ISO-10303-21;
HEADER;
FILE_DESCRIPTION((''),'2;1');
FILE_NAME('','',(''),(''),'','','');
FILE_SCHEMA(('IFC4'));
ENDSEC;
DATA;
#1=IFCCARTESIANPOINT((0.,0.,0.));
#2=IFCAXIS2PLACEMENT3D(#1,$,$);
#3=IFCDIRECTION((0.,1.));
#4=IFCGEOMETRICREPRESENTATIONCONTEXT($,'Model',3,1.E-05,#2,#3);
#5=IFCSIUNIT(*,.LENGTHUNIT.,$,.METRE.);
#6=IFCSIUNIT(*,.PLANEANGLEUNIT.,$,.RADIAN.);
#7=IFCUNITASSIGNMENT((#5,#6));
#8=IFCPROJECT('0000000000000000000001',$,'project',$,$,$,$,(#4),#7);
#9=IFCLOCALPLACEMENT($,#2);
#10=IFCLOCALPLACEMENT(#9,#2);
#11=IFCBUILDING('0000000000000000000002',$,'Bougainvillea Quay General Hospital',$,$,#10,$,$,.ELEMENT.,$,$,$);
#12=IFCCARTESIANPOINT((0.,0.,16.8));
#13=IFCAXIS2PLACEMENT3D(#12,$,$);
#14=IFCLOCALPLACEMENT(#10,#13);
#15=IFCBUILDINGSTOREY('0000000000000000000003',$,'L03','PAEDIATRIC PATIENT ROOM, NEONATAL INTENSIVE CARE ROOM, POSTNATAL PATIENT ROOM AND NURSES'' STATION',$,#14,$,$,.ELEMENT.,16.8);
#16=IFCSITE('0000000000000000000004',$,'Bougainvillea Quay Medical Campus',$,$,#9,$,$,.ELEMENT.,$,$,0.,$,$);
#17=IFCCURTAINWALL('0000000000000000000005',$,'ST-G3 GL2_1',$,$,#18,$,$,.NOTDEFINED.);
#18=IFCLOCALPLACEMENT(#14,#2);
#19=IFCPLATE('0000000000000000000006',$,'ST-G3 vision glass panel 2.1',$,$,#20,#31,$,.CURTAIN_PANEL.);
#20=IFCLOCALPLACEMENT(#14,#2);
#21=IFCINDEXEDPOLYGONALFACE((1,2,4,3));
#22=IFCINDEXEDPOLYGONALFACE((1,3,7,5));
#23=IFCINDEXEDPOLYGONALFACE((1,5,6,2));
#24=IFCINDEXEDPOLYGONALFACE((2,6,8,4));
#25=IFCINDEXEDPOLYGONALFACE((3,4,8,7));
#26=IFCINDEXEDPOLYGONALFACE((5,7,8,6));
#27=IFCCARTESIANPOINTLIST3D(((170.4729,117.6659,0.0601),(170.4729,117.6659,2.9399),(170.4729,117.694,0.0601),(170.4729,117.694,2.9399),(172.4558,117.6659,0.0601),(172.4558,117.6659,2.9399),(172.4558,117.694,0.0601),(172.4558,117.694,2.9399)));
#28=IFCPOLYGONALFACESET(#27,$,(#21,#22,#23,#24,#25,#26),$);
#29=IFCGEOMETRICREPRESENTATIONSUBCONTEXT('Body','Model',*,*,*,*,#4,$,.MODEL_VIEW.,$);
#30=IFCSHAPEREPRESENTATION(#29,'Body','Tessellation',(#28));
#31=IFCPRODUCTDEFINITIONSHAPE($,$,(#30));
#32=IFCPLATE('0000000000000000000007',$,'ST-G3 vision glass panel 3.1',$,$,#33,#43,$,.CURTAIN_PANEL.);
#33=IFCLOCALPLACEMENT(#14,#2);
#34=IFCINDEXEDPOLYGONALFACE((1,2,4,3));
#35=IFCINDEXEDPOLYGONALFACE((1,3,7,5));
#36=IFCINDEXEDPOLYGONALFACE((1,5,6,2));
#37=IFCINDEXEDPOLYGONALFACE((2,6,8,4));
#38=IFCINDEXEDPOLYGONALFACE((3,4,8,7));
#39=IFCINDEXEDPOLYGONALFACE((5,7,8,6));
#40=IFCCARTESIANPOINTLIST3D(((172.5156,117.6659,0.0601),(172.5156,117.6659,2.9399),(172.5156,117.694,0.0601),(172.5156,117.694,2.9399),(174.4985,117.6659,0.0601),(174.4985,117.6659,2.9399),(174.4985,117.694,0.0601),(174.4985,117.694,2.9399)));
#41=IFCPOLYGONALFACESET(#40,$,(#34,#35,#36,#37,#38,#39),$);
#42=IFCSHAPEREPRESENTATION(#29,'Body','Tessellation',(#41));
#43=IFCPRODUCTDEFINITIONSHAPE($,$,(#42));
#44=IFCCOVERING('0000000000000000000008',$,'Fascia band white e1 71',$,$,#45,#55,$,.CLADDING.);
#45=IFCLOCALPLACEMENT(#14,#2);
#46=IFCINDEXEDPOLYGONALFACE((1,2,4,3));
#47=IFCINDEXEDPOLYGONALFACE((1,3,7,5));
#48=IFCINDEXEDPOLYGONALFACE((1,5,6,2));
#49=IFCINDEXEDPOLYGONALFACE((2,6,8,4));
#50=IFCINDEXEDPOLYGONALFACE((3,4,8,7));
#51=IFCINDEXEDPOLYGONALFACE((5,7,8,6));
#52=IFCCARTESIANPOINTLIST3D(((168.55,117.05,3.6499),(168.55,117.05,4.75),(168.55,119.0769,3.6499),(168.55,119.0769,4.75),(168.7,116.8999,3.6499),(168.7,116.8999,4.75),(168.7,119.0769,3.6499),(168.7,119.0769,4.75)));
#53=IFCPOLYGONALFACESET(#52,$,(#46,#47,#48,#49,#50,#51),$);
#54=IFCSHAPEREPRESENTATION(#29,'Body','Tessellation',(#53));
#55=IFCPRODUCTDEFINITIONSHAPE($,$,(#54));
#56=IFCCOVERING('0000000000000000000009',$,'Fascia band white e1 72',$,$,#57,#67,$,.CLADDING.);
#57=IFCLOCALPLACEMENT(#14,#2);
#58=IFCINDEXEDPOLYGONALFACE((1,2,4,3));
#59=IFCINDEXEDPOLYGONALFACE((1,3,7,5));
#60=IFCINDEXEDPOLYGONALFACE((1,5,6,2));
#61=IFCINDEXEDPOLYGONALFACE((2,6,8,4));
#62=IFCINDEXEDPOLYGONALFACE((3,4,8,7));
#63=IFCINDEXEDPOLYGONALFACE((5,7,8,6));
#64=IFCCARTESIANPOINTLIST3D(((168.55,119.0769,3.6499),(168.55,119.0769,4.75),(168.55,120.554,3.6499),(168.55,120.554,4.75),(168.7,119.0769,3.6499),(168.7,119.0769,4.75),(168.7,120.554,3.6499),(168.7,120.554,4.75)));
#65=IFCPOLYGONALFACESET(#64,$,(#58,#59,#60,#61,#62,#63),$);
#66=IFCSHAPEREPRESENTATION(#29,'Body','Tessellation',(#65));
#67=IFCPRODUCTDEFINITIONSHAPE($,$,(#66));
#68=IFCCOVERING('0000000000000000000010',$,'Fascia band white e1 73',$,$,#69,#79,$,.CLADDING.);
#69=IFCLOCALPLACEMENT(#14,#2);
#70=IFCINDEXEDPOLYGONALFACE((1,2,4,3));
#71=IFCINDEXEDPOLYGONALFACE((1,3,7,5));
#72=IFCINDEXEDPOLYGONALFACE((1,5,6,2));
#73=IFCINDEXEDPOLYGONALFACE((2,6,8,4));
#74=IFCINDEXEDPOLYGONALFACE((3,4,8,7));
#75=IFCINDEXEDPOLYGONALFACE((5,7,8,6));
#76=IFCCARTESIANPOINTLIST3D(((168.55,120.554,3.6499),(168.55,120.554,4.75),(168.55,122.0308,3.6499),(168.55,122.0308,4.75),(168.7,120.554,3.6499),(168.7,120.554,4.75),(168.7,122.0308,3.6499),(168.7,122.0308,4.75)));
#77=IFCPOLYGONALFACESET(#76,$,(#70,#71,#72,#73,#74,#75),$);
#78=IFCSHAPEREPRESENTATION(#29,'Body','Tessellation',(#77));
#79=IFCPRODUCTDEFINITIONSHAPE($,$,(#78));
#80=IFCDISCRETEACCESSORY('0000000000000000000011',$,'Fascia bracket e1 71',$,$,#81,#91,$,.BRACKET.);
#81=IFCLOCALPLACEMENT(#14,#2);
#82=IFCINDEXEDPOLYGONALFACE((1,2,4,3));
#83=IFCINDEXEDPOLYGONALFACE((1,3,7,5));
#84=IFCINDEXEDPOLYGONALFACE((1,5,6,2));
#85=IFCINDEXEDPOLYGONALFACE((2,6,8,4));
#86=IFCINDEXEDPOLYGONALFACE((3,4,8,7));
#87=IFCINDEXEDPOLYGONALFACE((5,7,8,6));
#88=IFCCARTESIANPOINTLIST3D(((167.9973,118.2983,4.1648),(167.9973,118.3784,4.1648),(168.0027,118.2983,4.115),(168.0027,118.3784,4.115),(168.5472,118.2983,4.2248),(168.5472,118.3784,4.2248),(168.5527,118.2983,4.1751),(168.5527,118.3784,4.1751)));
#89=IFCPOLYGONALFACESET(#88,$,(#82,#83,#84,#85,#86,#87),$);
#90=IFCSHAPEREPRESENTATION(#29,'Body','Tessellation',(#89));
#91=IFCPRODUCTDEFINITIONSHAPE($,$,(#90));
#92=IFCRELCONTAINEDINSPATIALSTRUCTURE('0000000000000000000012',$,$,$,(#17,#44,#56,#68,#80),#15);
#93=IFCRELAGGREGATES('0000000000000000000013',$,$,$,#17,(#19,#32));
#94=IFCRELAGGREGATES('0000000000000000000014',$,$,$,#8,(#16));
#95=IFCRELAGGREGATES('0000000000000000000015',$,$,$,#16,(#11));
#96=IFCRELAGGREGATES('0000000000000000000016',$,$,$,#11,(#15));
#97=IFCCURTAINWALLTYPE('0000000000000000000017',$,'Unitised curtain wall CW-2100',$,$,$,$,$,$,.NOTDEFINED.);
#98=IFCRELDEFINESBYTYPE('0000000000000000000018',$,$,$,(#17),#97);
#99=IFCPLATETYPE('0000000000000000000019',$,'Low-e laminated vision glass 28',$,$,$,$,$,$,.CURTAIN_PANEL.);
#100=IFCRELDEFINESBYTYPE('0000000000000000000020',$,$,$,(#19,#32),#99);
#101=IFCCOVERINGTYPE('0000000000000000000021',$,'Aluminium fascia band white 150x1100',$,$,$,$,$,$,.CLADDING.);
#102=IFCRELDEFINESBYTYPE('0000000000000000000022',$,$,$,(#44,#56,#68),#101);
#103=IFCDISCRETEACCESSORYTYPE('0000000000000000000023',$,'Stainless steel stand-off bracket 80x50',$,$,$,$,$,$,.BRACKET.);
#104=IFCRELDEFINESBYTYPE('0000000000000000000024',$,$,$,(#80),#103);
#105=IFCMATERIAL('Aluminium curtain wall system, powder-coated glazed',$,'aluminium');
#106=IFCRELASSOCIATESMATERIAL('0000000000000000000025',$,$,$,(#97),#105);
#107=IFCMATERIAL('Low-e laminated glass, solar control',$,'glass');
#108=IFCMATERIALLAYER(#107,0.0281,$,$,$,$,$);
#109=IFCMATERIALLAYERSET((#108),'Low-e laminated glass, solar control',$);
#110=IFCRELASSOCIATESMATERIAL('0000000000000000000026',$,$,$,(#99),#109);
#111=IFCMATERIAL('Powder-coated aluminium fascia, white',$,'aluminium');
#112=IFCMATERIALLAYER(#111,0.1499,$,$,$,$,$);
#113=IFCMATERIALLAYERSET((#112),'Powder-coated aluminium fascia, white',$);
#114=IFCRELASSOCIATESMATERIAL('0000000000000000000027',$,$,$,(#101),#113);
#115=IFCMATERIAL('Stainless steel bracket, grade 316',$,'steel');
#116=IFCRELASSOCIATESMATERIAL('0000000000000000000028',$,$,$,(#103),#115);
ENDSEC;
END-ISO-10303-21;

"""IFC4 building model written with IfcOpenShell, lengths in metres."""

from ifc_helpers import new_model, si_unit, direction, frame, origin, origin_2d, place, context, subcontext, project, spatial, polyline, rectangle, outline, extrude, material, layer, layer_set, material_profile, profile_set, type_object, element, aggregate, save


model = new_model("IFC4")

# Units and contexts
model_context = context("Model", 3, precision=1e-05, world=origin(), true_north=direction((0.0, 1.0)))
body_context = subcontext(model_context, "Body", "Model", "MODEL_VIEW")
ifc_project = project(units=[si_unit("LENGTHUNIT", "METRE"), si_unit("PLANEANGLEUNIT", "RADIAN")], contexts=[model_context])

# Site, building, storey
site_placement = place(None, origin())
site = spatial("IfcSite", under=ifc_project, at=site_placement, Name="Bougainvillea Quay Medical Campus", CompositionType="ELEMENT", RefElevation=0.0)
building_placement = place(site_placement, origin())
building = spatial("IfcBuilding", under=site, at=building_placement, Name="Bougainvillea Quay General Hospital", CompositionType="ELEMENT")
storey_placement = place(building_placement, frame((0.0, 0.0, 16.8)))
storey = spatial("IfcBuildingStorey", under=building, at=storey_placement, Name="L03", Description="PAEDIATRIC PATIENT ROOM, NEONATAL INTENSIVE CARE ROOM, POSTNATAL PATIENT ROOM AND NURSES' STATION", CompositionType="ELEMENT", Elevation=16.8)

# Curtain wall
ifc_material_1 = material(Name="Aluminium curtain wall system, powder-coated glazed", Category="aluminium")
curtain_wall_type = type_object("IfcCurtainWallType", Name="Unitised curtain wall CW-2100", PredefinedType="NOTDEFINED", material=ifc_material_1)
curtain_wall_placement = place(storey_placement, origin())
curtain_wall = element("IfcCurtainWall", 1, at=curtain_wall_placement, inside=storey, type_object=curtain_wall_type, Name="ST-G3 GL2_1", PredefinedType="NOTDEFINED")

# Plates
ifc_material_2 = material(Name="Low-e laminated glass, solar control", Category="glass")
ifc_layer_1 = layer(ifc_material_2, 0.0281)
ifc_layer_set_1 = layer_set([ifc_layer_1], Name="Low-e laminated glass, solar control")
plate_type = type_object("IfcPlateType", Name="Low-e laminated vision glass 28", PredefinedType="CURTAIN_PANEL", material=ifc_layer_set_1)
plate_1_placement = place(storey_placement, frame((171.4644, 117.6799, 0.0601), z_axis=(0.0, 0.0, 1.0), x_axis=(1.0, 0.0, 0.0)))
plate_1 = element("IfcPlate", 2, at=plate_1_placement, type_object=plate_type, Name="ST-G3 vision glass panel 2.1", PredefinedType="CURTAIN_PANEL", context=body_context, shape_type="SweptSolid", body=[
    extrude(rectangle(XDim=1.9829, YDim=0.0281, at=origin_2d()), origin(), (0.0, 0.0, 1.0), 2.8799),
])
plate_2_placement = place(storey_placement, frame((173.5071, 117.6799, 0.0601), z_axis=(0.0, 0.0, 1.0), x_axis=(1.0, 0.0, 0.0)))
plate_2 = element("IfcPlate", 3, at=plate_2_placement, type_object=plate_type, Name="ST-G3 vision glass panel 3.1", PredefinedType="CURTAIN_PANEL", context=body_context, shape_type="SweptSolid", body=[
    extrude(rectangle(XDim=1.9829, YDim=0.0281, at=origin_2d()), origin(), (0.0, 0.0, 1.0), 2.8799),
])
aggregate(curtain_wall, [plate_1, plate_2])

# Coverings
ifc_material_3 = material(Name="Powder-coated aluminium fascia, white", Category="aluminium")
ifc_layer_2 = layer(ifc_material_3, 0.1499)
ifc_layer_set_2 = layer_set([ifc_layer_2], Name="Powder-coated aluminium fascia, white")
covering_type = type_object("IfcCoveringType", Name="Aluminium fascia band white 150x1100", PredefinedType="CLADDING", material=ifc_layer_set_2)
covering_1_placement = place(storey_placement, frame((168.55, 117.05, 3.6499), z_axis=(0.0, 0.0, 1.0), x_axis=(0.0, 1.0, 0.0)))
element("IfcCovering", 4, at=covering_1_placement, inside=storey, type_object=covering_type, Name="Fascia band white e1 71", PredefinedType="CLADDING", context=body_context, shape_type="SweptSolid", body=[
    extrude(outline(polyline([(0.0, 0.0), (2.0269, 0.0), (2.0269, -0.1499), (-0.1501, -0.1499), (0.0, 0.0)])), origin(), (0.0, 0.0, 1.0), 1.1001),
])
covering_2_placement = place(storey_placement, frame((168.55, 119.0769, 3.6499), z_axis=(0.0, 0.0, 1.0), x_axis=(0.0, 1.0, 0.0)))
element("IfcCovering", 5, at=covering_2_placement, inside=storey, type_object=covering_type, Name="Fascia band white e1 72", PredefinedType="CLADDING", context=body_context, shape_type="SweptSolid", body=[
    extrude(outline(polyline([(0.0, 0.0), (1.4771, 0.0), (1.4771, -0.1499), (0.0, -0.1499), (0.0, 0.0)])), origin(), (0.0, 0.0, 1.0), 1.1001),
])
covering_3_placement = place(storey_placement, frame((168.55, 120.554, 3.6499), z_axis=(0.0, 0.0, 1.0), x_axis=(0.0, 1.0, 0.0)))
element("IfcCovering", 6, at=covering_3_placement, inside=storey, type_object=covering_type, Name="Fascia band white e1 73", PredefinedType="CLADDING", context=body_context, shape_type="SweptSolid", body=[
    extrude(outline(polyline([(0.0, 0.0), (1.4768, 0.0), (1.4768, -0.1499), (0.0, -0.1499), (0.0, 0.0)])), origin(), (0.0, 0.0, 1.0), 1.1001),
])

# Discrete accessory
ifc_material_4 = material(Name="Stainless steel bracket, grade 316", Category="steel")
ifc_material_profile_1 = material_profile(ifc_material_4, rectangle(XDim=0.0801, YDim=0.05, at=origin_2d()))
ifc_profile_set_1 = profile_set([ifc_material_profile_1], Name="Stainless steel bracket, grade 316")
discrete_accessory_type = type_object("IfcDiscreteAccessoryType", Name="Stainless steel stand-off bracket 80x50", PredefinedType="BRACKET", material=ifc_profile_set_1)
discrete_accessory_placement = place(storey_placement, frame((168.0, 118.3384, 4.1399), z_axis=(0.994092, 0.0, 0.108543), x_axis=(0.0, 1.0, 0.0)))
element("IfcDiscreteAccessory", 7, at=discrete_accessory_placement, inside=storey, type_object=discrete_accessory_type, Name="Fascia bracket e1 71", PredefinedType="BRACKET", context=body_context, shape_type="SweptSolid", body=[
    extrude(rectangle(XDim=0.0801, YDim=0.05, at=origin_2d()), origin(), (0.0, 0.0, 1.0), 0.5532),
])

save(model, "model.ifc")
